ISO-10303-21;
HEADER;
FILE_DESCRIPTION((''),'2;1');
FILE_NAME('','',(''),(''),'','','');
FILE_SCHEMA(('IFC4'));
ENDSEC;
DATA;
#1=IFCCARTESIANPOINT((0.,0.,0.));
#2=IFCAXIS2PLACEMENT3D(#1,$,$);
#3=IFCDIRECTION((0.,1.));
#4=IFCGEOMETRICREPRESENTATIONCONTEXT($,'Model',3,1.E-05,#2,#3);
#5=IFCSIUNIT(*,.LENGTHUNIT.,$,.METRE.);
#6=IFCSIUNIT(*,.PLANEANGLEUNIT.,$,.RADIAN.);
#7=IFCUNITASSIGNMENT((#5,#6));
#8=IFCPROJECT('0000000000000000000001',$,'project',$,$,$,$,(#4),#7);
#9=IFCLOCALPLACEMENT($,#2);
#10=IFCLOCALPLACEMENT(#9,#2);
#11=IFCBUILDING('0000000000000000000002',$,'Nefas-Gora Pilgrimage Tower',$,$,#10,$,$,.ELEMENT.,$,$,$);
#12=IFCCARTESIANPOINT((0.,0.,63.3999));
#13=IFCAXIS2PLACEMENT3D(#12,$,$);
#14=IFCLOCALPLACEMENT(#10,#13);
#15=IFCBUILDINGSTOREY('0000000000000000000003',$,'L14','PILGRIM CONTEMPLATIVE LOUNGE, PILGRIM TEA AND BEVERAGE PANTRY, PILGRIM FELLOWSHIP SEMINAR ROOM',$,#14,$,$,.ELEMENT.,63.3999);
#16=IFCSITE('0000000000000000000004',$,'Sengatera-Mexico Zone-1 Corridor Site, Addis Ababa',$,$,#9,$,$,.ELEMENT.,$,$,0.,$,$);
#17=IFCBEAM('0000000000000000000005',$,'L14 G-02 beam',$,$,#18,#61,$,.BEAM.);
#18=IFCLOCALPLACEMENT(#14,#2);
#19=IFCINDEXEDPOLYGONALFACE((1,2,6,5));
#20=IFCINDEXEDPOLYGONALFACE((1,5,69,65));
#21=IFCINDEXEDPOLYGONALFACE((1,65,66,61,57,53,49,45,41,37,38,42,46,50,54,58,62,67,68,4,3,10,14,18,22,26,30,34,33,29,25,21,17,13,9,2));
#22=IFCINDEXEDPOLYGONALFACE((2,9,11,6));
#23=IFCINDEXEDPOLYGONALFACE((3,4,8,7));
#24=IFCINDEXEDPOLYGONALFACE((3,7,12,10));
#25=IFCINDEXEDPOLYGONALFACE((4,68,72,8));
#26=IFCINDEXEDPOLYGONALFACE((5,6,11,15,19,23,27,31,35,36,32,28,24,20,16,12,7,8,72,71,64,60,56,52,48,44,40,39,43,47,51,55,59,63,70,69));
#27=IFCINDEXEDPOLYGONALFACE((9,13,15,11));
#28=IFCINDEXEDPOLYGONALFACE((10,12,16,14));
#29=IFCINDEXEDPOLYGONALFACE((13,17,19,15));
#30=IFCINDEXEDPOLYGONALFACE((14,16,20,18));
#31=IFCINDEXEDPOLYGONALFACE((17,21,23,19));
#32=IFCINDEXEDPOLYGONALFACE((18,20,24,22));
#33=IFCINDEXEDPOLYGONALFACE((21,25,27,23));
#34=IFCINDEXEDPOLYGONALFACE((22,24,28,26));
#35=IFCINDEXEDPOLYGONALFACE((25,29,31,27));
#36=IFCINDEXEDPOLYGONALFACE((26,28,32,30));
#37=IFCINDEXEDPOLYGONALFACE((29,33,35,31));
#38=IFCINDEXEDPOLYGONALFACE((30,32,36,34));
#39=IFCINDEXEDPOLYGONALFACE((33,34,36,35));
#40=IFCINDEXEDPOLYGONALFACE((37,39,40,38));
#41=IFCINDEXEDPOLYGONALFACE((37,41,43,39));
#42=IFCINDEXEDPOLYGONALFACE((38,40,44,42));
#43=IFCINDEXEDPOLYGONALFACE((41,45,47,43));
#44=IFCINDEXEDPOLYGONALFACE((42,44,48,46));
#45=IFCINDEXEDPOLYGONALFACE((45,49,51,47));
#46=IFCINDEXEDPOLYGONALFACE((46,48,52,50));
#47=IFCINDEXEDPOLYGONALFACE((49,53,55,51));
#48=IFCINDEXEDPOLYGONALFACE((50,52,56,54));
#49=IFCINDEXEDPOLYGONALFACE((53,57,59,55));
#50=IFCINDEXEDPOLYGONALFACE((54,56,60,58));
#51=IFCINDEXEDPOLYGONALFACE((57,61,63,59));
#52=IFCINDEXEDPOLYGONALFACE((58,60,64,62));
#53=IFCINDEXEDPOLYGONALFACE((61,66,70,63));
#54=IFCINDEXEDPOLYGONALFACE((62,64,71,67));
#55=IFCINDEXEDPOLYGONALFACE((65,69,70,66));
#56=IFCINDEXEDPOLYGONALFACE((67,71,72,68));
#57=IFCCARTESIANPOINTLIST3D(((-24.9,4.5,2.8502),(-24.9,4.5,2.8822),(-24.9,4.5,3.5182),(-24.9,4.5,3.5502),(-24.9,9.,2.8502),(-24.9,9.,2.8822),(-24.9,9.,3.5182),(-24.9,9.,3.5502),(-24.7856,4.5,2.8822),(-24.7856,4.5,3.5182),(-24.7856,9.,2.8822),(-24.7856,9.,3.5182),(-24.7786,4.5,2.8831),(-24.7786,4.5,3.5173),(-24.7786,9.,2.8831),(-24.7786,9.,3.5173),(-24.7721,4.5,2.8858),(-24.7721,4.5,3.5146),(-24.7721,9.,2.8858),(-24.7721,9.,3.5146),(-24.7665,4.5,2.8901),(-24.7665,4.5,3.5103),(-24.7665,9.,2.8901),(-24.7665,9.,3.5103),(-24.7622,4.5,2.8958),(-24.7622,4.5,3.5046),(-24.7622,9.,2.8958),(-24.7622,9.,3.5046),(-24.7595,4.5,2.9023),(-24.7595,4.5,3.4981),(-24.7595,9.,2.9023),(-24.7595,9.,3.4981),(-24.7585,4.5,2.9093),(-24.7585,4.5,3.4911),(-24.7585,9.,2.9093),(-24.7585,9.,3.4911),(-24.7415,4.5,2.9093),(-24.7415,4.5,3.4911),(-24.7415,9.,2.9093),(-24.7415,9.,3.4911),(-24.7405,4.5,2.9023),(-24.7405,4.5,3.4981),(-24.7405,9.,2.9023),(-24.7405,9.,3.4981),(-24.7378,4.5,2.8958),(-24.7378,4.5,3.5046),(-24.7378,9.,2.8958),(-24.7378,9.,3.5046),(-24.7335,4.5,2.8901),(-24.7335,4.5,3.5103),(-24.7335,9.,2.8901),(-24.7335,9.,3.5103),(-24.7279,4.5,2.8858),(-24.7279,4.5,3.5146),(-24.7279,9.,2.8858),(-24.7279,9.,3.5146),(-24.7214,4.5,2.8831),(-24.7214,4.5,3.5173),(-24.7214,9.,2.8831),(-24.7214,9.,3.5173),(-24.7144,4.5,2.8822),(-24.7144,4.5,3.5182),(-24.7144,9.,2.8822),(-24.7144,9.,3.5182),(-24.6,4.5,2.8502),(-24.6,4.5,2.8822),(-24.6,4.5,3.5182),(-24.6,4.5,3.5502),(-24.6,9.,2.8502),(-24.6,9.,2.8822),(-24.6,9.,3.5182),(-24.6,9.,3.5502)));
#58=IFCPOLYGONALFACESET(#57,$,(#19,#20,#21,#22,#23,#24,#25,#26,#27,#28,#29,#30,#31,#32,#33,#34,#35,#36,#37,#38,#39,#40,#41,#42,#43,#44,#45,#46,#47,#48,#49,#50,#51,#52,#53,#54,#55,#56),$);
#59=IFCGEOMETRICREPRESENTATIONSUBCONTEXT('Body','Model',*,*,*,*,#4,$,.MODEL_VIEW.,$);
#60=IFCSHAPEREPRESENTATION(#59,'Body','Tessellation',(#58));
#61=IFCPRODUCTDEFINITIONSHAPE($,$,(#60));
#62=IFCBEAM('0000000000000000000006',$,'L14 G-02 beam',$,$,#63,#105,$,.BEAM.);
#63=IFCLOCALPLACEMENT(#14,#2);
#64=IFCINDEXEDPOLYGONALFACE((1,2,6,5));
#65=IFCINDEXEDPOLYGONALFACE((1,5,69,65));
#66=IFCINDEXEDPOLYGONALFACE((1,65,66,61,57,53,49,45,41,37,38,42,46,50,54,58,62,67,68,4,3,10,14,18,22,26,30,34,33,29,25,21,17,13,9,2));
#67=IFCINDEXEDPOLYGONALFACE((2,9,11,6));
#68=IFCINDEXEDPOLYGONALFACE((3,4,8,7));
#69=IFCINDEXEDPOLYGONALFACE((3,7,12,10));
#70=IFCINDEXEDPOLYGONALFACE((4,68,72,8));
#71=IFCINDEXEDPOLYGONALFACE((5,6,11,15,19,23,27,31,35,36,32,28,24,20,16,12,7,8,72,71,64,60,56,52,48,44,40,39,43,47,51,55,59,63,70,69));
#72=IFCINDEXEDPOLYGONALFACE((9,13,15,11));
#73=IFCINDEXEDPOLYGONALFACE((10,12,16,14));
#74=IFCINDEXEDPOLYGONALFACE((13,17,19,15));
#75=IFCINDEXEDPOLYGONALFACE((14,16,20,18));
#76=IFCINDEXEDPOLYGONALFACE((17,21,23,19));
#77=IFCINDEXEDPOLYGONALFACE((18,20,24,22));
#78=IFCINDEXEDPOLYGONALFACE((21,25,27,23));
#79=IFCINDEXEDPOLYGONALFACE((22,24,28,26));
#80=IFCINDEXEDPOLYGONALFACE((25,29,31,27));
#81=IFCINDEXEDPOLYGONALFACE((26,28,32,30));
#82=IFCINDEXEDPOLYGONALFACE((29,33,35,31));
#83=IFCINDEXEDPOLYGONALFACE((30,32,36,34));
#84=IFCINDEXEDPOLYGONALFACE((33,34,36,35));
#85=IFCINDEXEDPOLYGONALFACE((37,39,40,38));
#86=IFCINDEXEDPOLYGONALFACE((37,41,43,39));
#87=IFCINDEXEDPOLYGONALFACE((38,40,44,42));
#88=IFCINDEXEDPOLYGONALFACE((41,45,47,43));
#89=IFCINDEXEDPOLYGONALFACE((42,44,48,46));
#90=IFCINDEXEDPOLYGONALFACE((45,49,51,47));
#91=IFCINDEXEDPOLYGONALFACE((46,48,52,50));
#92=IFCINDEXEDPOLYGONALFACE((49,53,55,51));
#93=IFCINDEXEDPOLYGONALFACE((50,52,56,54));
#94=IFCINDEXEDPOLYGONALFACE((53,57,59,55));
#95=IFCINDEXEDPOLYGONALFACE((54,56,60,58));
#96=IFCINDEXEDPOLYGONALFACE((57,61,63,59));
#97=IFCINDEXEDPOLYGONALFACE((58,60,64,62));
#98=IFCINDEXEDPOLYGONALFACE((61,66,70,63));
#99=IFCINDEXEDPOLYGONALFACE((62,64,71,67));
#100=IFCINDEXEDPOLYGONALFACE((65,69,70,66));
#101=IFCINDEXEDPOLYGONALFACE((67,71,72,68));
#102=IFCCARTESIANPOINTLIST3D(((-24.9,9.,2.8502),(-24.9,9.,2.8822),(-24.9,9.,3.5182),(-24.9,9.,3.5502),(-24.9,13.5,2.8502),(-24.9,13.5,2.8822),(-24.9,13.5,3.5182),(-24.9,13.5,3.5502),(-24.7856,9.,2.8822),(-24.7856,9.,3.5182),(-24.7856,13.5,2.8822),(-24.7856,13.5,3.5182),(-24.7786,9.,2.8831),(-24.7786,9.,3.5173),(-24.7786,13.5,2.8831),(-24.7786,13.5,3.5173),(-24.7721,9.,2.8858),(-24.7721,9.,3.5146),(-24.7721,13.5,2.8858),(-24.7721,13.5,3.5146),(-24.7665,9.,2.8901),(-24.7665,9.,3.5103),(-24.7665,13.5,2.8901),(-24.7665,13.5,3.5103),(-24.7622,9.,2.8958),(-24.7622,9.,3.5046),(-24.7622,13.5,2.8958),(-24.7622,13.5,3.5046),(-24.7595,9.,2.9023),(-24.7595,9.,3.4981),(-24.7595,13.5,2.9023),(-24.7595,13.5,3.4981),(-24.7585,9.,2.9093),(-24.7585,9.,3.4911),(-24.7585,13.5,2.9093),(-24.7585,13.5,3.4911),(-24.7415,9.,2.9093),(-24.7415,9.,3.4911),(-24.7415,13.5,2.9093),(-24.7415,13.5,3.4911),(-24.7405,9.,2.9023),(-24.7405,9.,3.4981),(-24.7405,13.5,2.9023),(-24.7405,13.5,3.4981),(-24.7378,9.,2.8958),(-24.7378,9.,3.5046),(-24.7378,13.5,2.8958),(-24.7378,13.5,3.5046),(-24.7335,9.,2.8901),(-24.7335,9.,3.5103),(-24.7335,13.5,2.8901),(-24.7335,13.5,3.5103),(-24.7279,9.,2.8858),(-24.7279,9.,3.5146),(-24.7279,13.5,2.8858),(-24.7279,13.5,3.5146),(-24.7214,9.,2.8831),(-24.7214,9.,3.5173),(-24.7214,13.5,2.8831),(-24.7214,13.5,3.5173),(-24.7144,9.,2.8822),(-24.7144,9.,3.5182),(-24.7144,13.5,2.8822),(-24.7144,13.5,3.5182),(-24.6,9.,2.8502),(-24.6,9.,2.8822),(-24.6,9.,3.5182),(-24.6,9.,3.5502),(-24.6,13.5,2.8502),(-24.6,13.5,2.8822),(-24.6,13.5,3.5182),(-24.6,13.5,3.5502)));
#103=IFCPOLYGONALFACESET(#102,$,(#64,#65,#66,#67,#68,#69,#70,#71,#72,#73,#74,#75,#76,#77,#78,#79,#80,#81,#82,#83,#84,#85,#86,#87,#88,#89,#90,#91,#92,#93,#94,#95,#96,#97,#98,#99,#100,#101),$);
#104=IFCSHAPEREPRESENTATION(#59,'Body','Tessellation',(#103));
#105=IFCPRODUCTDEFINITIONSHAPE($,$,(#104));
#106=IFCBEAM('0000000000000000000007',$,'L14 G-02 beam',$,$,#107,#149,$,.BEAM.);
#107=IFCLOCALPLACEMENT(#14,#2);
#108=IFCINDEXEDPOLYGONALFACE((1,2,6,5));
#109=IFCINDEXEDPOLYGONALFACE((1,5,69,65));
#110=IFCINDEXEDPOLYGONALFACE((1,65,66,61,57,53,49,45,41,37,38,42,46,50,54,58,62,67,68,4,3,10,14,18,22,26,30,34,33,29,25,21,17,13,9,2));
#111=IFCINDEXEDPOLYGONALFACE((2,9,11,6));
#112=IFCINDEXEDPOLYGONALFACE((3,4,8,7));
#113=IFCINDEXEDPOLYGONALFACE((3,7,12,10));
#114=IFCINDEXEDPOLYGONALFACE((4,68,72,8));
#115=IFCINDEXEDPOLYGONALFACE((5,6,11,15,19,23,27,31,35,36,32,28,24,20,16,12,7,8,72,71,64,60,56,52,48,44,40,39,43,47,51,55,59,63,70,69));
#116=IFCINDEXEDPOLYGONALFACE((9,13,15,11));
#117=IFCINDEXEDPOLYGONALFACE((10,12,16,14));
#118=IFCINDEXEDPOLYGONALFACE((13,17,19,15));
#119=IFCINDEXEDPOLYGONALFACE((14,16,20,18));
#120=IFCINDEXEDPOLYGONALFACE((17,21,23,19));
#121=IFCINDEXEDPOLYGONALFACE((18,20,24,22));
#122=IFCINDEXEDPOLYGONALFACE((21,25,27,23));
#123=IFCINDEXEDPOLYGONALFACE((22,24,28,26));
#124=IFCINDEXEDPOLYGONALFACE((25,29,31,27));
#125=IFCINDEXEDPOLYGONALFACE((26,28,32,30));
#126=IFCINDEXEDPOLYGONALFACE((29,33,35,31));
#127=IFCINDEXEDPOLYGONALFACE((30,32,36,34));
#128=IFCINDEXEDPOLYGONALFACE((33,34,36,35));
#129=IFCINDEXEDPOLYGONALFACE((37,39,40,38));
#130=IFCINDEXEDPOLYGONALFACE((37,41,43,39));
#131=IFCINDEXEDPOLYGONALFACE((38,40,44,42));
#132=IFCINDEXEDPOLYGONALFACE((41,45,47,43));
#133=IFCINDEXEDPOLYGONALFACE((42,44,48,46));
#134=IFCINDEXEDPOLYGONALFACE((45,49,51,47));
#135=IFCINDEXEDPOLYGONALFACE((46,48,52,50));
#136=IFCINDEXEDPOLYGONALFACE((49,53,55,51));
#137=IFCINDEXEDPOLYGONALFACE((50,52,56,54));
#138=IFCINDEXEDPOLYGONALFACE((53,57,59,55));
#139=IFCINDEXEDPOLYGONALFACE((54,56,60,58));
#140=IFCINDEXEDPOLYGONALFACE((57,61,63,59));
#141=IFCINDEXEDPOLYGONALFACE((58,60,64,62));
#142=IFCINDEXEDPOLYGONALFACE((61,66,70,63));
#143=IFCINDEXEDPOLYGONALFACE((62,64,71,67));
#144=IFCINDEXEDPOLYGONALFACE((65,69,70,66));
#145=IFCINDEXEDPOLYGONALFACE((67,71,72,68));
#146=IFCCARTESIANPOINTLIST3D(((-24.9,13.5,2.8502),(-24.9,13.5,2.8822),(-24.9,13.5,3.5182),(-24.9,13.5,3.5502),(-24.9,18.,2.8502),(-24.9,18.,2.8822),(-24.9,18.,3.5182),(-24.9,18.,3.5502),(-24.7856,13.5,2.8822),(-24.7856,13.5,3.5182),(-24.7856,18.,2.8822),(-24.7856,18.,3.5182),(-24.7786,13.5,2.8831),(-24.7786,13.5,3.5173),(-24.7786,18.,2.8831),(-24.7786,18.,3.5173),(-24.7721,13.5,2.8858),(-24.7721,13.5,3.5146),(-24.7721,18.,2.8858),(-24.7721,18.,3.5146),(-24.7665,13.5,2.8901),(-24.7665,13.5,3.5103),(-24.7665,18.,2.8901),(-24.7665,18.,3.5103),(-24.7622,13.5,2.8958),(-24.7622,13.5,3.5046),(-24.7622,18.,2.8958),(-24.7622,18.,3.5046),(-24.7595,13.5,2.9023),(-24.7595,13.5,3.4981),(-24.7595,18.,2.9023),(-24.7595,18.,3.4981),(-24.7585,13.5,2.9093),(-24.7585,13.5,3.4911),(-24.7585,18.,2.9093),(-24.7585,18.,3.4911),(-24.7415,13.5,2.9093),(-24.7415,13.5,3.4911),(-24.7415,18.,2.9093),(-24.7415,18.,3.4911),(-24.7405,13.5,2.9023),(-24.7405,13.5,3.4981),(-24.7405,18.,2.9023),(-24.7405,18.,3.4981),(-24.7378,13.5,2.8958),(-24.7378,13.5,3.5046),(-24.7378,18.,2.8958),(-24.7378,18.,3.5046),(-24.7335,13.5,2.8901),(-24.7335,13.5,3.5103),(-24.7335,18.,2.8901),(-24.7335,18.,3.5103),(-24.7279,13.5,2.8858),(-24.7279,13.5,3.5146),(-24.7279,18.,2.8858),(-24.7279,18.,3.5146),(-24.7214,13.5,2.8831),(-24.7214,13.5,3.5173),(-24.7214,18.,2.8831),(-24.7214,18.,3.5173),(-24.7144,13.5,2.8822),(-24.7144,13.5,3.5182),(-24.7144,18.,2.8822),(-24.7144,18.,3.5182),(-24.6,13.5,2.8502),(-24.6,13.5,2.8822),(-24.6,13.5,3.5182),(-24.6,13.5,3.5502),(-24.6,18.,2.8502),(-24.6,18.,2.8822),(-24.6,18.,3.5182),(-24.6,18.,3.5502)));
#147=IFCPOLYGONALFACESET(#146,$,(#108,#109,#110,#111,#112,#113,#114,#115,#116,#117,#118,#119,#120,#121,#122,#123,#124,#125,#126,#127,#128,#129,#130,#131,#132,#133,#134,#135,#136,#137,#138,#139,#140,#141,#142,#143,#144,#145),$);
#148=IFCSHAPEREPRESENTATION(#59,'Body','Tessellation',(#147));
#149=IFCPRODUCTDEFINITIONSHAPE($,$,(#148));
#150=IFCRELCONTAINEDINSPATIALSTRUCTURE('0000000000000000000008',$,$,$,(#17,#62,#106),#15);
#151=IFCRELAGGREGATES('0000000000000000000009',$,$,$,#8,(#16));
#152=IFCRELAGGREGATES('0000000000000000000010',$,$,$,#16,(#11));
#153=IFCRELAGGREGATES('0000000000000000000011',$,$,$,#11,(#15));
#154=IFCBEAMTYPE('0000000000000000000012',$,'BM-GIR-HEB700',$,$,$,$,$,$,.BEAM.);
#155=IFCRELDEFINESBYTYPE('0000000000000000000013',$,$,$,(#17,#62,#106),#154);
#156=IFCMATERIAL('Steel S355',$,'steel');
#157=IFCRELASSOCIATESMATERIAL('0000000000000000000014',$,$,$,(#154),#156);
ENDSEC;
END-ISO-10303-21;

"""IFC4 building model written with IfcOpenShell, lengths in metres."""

from ifc_helpers import new_model, si_unit, direction, frame, origin, origin_2d, place, context, subcontext, project, spatial, i_section, extrude, source, transform, mapped, material, material_profile, profile_set, type_object, element, save


model = new_model("IFC4")

# Units and contexts
model_context = context("Model", 3, precision=1e-05, world=origin(), true_north=direction((0.0, 1.0)))
body_context = subcontext(model_context, "Body", "Model", "MODEL_VIEW")
ifc_project = project(units=[si_unit("LENGTHUNIT", "METRE"), si_unit("PLANEANGLEUNIT", "RADIAN")], contexts=[model_context])

# Site, building, storey
site_placement = place(None, origin())
site = spatial("IfcSite", under=ifc_project, at=site_placement, Name="Sengatera-Mexico Zone-1 Corridor Site, Addis Ababa", CompositionType="ELEMENT", RefElevation=0.0)
building_placement = place(site_placement, origin())
building = spatial("IfcBuilding", under=site, at=building_placement, Name="Nefas-Gora Pilgrimage Tower", CompositionType="ELEMENT")
storey_placement = place(building_placement, frame((0.0, 0.0, 63.3999)))
storey = spatial("IfcBuildingStorey", under=building, at=storey_placement, Name="L14", Description="PILGRIM CONTEMPLATIVE LOUNGE, PILGRIM TEA AND BEVERAGE PANTRY, PILGRIM FELLOWSHIP SEMINAR ROOM", CompositionType="ELEMENT", Elevation=63.3999)

# Beams
ifc_material_1 = material(Name="Steel S355", Category="steel")
ifc_material_profile_1 = material_profile(ifc_material_1, i_section(OverallWidth=0.3, OverallDepth=0.7, WebThickness=0.0171, FlangeThickness=0.032, FilletRadius=0.0271, at=origin_2d()), Name="HEB 700")
ifc_profile_set_1 = profile_set([ifc_material_profile_1], Name="Steel S355")
beam_type_1 = type_object("IfcBeamType", Name="BM-GIR-HEB700", PredefinedType="BEAM", material=ifc_profile_set_1)
shared_shape_1 = source(origin(), body_context, "Body", "SweptSolid", [
    extrude(i_section(OverallWidth=0.3, OverallDepth=0.7, WebThickness=0.0171, FlangeThickness=0.032, FilletRadius=0.0271, at=origin_2d()), origin(), (0.0, 0.0, 1.0), 4.5),
])
for number, where, z_axis, x_axis, name in (
    (1, (-24.75, 4.5, 3.2002), (0.0, 1.0, 0.0), (-1.0, 0.0, 0.0), "L14 G-02 beam"),
    (2, (-24.75, 9.0, 3.2002), (0.0, 1.0, 0.0), (-1.0, 0.0, 0.0), "L14 G-02 beam"),
    (3, (-24.75, 13.5, 3.2002), (0.0, 1.0, 0.0), (-1.0, 0.0, 0.0), "L14 G-02 beam"),
):
    element("IfcBeam", number, at=place(storey_placement, frame(where, z_axis=z_axis, x_axis=x_axis)), inside=storey, type_object=beam_type_1, Name=name, PredefinedType="BEAM", context=body_context, shape_type="MappedRepresentation", body=[
        mapped(shared_shape_1, transform((0.0, 0.0, 0.0), x_axis=(1.0, 0.0, 0.0), y_axis=(0.0, 1.0, 0.0), z_axis=(0.0, 0.0, 1.0), scale=1.0)),
    ])

save(model, "model.ifc")
